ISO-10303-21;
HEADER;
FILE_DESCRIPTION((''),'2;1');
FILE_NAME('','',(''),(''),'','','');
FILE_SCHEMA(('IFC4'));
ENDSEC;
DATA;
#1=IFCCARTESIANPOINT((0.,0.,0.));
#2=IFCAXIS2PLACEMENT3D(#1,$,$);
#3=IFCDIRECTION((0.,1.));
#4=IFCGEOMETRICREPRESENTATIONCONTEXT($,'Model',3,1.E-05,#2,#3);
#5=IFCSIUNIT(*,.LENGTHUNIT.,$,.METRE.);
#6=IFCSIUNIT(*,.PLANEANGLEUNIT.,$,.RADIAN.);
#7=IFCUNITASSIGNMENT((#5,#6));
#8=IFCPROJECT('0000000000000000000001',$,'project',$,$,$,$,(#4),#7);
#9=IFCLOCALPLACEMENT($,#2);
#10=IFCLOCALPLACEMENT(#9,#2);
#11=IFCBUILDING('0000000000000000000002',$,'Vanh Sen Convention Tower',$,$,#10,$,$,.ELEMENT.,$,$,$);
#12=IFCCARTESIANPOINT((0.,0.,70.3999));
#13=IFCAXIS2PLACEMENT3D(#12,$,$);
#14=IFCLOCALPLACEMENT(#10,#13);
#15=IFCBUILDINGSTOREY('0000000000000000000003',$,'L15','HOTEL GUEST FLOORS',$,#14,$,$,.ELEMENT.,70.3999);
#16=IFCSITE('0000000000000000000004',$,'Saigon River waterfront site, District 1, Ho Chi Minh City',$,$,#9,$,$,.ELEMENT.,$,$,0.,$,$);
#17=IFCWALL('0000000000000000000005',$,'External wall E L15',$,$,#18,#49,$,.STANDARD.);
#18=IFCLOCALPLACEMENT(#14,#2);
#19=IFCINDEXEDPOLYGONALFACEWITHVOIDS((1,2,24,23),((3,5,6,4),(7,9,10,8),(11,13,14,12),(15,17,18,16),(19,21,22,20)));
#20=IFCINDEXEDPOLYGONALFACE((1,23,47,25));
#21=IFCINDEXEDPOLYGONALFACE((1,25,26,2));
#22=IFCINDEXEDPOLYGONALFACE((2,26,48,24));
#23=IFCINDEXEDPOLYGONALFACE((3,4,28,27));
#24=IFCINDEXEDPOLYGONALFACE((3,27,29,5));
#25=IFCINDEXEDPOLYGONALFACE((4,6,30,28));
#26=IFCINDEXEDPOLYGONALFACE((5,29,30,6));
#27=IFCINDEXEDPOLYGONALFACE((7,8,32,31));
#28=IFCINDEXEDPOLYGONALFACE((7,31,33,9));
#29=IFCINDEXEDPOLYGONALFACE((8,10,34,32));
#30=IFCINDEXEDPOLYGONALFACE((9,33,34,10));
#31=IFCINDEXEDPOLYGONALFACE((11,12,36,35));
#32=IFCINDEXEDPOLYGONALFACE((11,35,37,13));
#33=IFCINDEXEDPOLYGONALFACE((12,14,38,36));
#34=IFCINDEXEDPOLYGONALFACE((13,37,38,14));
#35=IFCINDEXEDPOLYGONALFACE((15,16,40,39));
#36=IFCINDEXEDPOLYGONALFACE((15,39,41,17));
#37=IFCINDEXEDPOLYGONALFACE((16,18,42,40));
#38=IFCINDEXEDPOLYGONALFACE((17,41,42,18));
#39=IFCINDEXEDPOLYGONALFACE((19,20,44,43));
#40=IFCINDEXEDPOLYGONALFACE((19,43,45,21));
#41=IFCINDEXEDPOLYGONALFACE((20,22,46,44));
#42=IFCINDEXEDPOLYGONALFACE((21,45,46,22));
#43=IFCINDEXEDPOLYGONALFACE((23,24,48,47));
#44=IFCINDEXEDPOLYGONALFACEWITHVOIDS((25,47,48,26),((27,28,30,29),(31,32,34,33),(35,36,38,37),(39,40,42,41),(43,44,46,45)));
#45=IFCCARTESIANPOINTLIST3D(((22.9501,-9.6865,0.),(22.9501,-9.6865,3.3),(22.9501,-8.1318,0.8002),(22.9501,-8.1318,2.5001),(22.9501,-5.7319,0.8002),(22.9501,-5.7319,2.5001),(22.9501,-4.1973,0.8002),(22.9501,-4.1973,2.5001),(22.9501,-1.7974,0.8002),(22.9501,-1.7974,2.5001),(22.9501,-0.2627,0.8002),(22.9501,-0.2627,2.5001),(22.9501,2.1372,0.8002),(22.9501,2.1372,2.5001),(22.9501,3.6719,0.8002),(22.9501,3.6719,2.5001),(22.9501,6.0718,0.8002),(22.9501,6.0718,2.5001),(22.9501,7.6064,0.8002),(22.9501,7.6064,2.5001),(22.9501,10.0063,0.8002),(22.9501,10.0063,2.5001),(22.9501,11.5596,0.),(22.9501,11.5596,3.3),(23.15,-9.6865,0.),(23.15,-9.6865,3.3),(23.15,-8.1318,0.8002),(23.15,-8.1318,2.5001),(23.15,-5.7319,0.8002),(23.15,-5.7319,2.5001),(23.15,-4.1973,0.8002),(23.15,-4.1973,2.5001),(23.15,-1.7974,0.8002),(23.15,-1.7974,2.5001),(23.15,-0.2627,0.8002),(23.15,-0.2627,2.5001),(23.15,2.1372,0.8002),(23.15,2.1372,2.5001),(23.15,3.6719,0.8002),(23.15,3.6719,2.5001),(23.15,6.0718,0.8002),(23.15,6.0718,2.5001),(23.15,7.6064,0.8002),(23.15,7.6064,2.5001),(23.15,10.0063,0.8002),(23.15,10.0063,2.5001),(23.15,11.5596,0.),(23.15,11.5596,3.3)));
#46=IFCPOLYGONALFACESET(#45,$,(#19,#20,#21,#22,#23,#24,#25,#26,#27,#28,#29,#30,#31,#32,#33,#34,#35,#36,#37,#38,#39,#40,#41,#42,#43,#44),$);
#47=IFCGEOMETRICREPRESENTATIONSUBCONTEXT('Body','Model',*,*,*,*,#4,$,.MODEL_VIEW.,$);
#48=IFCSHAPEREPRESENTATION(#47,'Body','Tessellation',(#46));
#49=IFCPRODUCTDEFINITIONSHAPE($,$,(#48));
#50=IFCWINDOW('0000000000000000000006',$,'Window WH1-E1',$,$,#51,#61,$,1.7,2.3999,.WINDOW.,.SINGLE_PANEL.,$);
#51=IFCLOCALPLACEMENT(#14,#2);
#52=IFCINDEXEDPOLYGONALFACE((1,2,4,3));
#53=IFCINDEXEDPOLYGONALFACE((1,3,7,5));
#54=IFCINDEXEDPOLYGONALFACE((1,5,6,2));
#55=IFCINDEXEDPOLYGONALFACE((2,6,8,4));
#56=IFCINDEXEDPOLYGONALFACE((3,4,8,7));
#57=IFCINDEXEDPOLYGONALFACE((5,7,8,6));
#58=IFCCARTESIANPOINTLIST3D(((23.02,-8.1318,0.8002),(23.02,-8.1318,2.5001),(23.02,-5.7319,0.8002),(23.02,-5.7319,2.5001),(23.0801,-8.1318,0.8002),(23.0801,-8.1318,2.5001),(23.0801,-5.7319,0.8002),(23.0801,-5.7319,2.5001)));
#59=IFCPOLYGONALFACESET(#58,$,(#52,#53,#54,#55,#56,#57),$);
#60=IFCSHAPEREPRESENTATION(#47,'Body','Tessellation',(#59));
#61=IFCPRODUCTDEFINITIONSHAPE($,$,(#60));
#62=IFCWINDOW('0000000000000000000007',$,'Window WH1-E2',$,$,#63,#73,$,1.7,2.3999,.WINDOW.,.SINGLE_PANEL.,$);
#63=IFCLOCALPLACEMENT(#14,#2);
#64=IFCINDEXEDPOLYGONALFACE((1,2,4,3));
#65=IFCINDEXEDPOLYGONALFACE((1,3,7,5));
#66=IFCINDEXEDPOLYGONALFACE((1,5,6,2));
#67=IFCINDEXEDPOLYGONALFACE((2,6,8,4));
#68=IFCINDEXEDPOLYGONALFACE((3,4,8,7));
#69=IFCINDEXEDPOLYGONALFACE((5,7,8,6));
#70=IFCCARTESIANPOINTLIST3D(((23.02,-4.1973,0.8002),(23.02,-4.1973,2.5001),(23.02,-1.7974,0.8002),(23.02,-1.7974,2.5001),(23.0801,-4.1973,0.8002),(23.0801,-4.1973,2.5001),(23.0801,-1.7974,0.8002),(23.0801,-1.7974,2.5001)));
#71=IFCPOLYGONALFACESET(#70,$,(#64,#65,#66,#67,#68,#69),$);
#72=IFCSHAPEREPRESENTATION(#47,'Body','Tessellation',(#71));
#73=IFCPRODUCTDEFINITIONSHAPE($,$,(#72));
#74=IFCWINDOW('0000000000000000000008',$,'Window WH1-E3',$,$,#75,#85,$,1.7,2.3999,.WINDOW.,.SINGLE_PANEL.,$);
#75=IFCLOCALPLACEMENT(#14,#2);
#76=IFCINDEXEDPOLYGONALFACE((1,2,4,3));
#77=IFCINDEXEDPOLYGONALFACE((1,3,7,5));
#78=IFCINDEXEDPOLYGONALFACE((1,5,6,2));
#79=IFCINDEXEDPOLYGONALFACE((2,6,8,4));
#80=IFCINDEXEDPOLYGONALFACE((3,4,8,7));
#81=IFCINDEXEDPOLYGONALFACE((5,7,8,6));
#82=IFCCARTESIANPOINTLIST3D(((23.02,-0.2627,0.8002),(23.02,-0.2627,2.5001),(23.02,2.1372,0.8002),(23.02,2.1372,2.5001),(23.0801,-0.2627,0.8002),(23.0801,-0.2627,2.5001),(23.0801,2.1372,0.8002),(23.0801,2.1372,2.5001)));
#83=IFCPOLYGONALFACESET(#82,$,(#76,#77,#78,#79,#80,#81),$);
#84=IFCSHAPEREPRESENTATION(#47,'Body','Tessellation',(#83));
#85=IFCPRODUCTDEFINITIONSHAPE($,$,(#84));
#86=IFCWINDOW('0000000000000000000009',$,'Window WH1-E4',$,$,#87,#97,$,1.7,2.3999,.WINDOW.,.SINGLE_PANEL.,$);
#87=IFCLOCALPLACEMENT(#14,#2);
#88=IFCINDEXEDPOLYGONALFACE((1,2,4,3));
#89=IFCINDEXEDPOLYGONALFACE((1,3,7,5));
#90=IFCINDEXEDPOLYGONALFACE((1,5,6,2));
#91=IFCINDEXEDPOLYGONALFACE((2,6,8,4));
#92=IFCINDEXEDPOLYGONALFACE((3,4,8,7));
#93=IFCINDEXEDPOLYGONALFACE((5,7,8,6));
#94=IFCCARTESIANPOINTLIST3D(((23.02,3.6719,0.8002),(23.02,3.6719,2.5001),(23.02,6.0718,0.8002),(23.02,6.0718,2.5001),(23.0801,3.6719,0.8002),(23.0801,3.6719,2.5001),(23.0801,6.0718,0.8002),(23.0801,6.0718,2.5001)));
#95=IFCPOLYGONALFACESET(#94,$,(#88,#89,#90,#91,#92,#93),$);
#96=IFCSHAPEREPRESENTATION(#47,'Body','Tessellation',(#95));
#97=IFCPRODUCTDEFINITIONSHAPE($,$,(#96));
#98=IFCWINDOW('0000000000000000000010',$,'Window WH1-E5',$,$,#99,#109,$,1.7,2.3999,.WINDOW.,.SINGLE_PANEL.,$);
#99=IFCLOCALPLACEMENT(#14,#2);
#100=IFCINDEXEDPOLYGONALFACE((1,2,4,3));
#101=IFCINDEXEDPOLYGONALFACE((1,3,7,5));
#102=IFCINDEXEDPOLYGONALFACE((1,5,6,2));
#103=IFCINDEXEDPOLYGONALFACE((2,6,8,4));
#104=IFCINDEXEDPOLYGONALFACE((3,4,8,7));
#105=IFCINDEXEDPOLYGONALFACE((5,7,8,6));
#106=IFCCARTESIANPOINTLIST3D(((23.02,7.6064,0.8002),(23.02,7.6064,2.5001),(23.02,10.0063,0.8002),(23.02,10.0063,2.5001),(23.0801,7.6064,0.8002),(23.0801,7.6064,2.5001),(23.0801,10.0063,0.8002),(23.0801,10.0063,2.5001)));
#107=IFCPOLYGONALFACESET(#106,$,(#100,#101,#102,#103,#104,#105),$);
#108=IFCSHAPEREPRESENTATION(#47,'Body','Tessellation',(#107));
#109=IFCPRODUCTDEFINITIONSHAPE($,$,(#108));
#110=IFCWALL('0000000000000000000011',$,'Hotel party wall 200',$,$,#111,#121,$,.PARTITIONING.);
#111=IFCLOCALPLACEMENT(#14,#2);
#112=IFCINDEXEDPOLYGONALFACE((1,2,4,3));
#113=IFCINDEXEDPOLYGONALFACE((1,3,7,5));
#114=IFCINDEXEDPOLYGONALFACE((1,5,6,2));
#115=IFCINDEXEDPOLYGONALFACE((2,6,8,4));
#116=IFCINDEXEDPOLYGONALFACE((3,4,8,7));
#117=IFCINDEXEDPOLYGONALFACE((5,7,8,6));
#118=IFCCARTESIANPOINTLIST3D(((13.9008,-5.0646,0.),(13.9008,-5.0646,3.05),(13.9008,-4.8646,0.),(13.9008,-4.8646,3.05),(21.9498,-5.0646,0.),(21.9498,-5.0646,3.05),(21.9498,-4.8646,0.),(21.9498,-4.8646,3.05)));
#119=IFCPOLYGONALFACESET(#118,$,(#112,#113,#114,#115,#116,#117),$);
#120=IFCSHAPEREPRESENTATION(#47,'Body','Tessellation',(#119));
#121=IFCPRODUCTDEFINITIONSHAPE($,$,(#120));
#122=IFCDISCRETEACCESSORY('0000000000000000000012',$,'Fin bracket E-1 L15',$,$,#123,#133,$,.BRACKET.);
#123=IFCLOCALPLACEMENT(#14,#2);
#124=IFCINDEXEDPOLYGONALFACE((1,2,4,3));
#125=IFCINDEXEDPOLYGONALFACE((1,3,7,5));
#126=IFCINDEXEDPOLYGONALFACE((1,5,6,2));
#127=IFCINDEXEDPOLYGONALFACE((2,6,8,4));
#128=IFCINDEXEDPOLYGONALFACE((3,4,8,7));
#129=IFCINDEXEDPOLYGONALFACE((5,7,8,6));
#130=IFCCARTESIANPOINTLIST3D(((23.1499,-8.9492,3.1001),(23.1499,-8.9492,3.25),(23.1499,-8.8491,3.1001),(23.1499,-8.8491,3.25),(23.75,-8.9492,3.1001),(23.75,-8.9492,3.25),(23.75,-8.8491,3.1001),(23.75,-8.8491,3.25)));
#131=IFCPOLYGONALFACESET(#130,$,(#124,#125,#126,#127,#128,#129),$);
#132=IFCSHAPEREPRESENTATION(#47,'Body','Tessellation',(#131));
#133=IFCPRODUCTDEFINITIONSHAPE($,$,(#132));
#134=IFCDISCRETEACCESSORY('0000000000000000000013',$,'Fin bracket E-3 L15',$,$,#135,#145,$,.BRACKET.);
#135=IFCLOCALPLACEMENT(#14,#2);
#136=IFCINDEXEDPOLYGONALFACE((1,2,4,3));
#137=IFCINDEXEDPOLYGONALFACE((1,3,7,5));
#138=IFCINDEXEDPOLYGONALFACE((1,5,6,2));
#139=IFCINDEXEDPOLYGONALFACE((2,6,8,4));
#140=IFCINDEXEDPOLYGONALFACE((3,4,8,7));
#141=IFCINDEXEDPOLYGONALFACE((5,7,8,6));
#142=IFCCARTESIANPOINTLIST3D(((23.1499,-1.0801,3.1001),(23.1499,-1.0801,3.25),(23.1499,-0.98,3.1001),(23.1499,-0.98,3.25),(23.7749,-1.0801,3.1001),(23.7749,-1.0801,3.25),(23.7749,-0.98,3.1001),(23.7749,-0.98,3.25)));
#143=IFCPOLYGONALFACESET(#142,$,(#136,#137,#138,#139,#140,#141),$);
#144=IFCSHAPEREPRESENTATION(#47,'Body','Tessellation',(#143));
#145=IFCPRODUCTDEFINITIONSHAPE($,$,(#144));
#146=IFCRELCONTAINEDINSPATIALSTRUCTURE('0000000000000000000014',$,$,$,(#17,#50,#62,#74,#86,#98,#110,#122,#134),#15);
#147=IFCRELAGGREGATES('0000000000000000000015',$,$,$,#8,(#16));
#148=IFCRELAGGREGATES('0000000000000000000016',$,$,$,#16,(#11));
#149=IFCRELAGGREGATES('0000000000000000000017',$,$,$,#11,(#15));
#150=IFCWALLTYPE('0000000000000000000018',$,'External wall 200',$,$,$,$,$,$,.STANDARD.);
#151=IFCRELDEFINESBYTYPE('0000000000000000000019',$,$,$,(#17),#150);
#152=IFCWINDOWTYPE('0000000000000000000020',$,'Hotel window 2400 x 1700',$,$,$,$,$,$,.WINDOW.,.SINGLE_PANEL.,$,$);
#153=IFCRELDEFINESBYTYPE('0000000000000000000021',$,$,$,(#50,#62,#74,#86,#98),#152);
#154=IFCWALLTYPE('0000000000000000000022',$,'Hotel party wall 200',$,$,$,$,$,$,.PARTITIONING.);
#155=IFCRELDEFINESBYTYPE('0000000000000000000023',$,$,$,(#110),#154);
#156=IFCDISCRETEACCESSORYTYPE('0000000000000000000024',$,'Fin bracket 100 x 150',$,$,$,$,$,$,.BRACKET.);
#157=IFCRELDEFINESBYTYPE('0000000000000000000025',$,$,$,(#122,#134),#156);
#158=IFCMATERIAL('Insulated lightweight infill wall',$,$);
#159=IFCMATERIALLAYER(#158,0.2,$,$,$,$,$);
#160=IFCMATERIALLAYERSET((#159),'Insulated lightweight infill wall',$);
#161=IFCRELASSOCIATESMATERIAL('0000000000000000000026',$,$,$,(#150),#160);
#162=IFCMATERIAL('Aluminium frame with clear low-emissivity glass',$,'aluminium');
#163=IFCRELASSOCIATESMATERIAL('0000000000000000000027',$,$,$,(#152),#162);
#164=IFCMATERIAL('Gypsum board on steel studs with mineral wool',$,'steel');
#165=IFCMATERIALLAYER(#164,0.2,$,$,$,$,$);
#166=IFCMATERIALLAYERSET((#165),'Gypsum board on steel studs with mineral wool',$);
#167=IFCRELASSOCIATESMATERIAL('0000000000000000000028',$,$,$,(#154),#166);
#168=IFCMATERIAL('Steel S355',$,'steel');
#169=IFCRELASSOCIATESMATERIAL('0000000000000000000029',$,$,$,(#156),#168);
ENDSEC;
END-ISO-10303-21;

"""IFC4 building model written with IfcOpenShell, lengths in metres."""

from ifc_helpers import new_model, si_unit, direction, frame, frame_2d, origin, origin_2d, place, context, subcontext, project, spatial, rectangle, extrude, material, layer, layer_set, type_object, element, fill, save


model = new_model("IFC4")

# Units and contexts
model_context = context("Model", 3, precision=1e-05, world=origin(), true_north=direction((0.0, 1.0)))
body_context = subcontext(model_context, "Body", "Model", "MODEL_VIEW")
ifc_project = project(units=[si_unit("LENGTHUNIT", "METRE"), si_unit("PLANEANGLEUNIT", "RADIAN")], contexts=[model_context])

# Site, building, storey
site_placement = place(None, origin())
site = spatial("IfcSite", under=ifc_project, at=site_placement, Name="Saigon River waterfront site, District 1, Ho Chi Minh City", CompositionType="ELEMENT", RefElevation=0.0)
building_placement = place(site_placement, origin())
building = spatial("IfcBuilding", under=site, at=building_placement, Name="Vanh Sen Convention Tower", CompositionType="ELEMENT")
storey_placement = place(building_placement, frame((0.0, 0.0, 70.3999)))
storey = spatial("IfcBuildingStorey", under=building, at=storey_placement, Name="L15", Description="HOTEL GUEST FLOORS", CompositionType="ELEMENT", Elevation=70.3999)

# Wall, openings, windows
ifc_material_1 = material(Name="Insulated lightweight infill wall")
ifc_layer_1 = layer(ifc_material_1, 0.2)
ifc_layer_set_1 = layer_set([ifc_layer_1], Name="Insulated lightweight infill wall")
wall_type_1 = type_object("IfcWallType", Name="External wall 200", PredefinedType="STANDARD", material=ifc_layer_set_1)
wall_1_placement = place(storey_placement, frame((23.05, -9.6865, 0.0), z_axis=(0.0, 0.0, 1.0), x_axis=(0.0, 1.0, 0.0)))
wall_1 = element("IfcWall", 1, at=wall_1_placement, inside=storey, type_object=wall_type_1, Name="External wall E L15", PredefinedType="STANDARD", context=body_context, shape_type="SweptSolid", body=[
    extrude(rectangle(XDim=21.2461, YDim=0.2, at=frame_2d((10.623, 0.0))), origin(), (0.0, 0.0, 1.0), 3.3),
])
opening_1_placement = place(wall_1_placement, frame((1.5547, 0.0, 0.8)))
opening_1 = element("IfcOpeningElement", 2, at=opening_1_placement, cuts=wall_1, PredefinedType="OPENING", context=body_context, shape_type="SweptSolid", body=[
    extrude(rectangle(XDim=2.3999, YDim=1.7, at=frame_2d((1.2, 0.8501))), frame((0.0, 0.1099, 0.0), z_axis=(0.0, -1.0, 0.0), x_axis=(1.0, 0.0, 0.0)), (0.0, 0.0, 1.0), 0.22),
])
opening_2_placement = place(wall_1_placement, frame((5.4893, 0.0, 0.8)))
opening_2 = element("IfcOpeningElement", 3, at=opening_2_placement, cuts=wall_1, PredefinedType="OPENING", context=body_context, shape_type="SweptSolid", body=[
    extrude(rectangle(XDim=2.3999, YDim=1.7, at=frame_2d((1.2, 0.8501))), frame((0.0, 0.1099, 0.0), z_axis=(0.0, -1.0, 0.0), x_axis=(1.0, 0.0, 0.0)), (0.0, 0.0, 1.0), 0.22),
])
opening_3_placement = place(wall_1_placement, frame((9.4238, 0.0, 0.8)))
opening_3 = element("IfcOpeningElement", 4, at=opening_3_placement, cuts=wall_1, PredefinedType="OPENING", context=body_context, shape_type="SweptSolid", body=[
    extrude(rectangle(XDim=2.3999, YDim=1.7, at=frame_2d((1.2, 0.8501))), frame((0.0, 0.1099, 0.0), z_axis=(0.0, -1.0, 0.0), x_axis=(1.0, 0.0, 0.0)), (0.0, 0.0, 1.0), 0.22),
])
opening_4_placement = place(wall_1_placement, frame((13.3584, 0.0, 0.8)))
opening_4 = element("IfcOpeningElement", 5, at=opening_4_placement, cuts=wall_1, PredefinedType="OPENING", context=body_context, shape_type="SweptSolid", body=[
    extrude(rectangle(XDim=2.3999, YDim=1.7, at=frame_2d((1.2, 0.8501))), frame((0.0, 0.1099, 0.0), z_axis=(0.0, -1.0, 0.0), x_axis=(1.0, 0.0, 0.0)), (0.0, 0.0, 1.0), 0.22),
])
opening_5_placement = place(wall_1_placement, frame((17.293, 0.0, 0.8)))
opening_5 = element("IfcOpeningElement", 6, at=opening_5_placement, cuts=wall_1, PredefinedType="OPENING", context=body_context, shape_type="SweptSolid", body=[
    extrude(rectangle(XDim=2.3999, YDim=1.7, at=frame_2d((1.2, 0.8501))), frame((0.0, 0.1099, 0.0), z_axis=(0.0, -1.0, 0.0), x_axis=(1.0, 0.0, 0.0)), (0.0, 0.0, 1.0), 0.22),
])
ifc_material_2 = material(Name="Aluminium frame with clear low-emissivity glass", Category="aluminium")
window_type = type_object("IfcWindowType", Name="Hotel window 2400 x 1700", PartitioningType="SINGLE_PANEL", PredefinedType="WINDOW", material=ifc_material_2)
window_1_placement = place(opening_1_placement, origin())
window_1 = element("IfcWindow", 7, at=window_1_placement, inside=storey, type_object=window_type, Name="Window WH1-E1", OverallHeight=1.7, OverallWidth=2.3999, PartitioningType="SINGLE_PANEL", PredefinedType="WINDOW", context=body_context, shape_type="SweptSolid", body=[
    extrude(rectangle(XDim=2.3999, YDim=1.7, at=frame_2d((1.2, 0.8501))), frame((0.0, 0.03, 0.0), z_axis=(0.0, -1.0, 0.0), x_axis=(1.0, 0.0, 0.0)), (0.0, 0.0, 1.0), 0.0601),
])
fill(opening_1, window_1)
window_2_placement = place(opening_2_placement, origin())
window_2 = element("IfcWindow", 8, at=window_2_placement, inside=storey, type_object=window_type, Name="Window WH1-E2", OverallHeight=1.7, OverallWidth=2.3999, PartitioningType="SINGLE_PANEL", PredefinedType="WINDOW", context=body_context, shape_type="SweptSolid", body=[
    extrude(rectangle(XDim=2.3999, YDim=1.7, at=frame_2d((1.2, 0.8501))), frame((0.0, 0.03, 0.0), z_axis=(0.0, -1.0, 0.0), x_axis=(1.0, 0.0, 0.0)), (0.0, 0.0, 1.0), 0.0601),
])
fill(opening_2, window_2)
window_3_placement = place(opening_3_placement, origin())
window_3 = element("IfcWindow", 9, at=window_3_placement, inside=storey, type_object=window_type, Name="Window WH1-E3", OverallHeight=1.7, OverallWidth=2.3999, PartitioningType="SINGLE_PANEL", PredefinedType="WINDOW", context=body_context, shape_type="SweptSolid", body=[
    extrude(rectangle(XDim=2.3999, YDim=1.7, at=frame_2d((1.2, 0.8501))), frame((0.0, 0.03, 0.0), z_axis=(0.0, -1.0, 0.0), x_axis=(1.0, 0.0, 0.0)), (0.0, 0.0, 1.0), 0.0601),
])
fill(opening_3, window_3)
window_4_placement = place(opening_4_placement, origin())
window_4 = element("IfcWindow", 10, at=window_4_placement, inside=storey, type_object=window_type, Name="Window WH1-E4", OverallHeight=1.7, OverallWidth=2.3999, PartitioningType="SINGLE_PANEL", PredefinedType="WINDOW", context=body_context, shape_type="SweptSolid", body=[
    extrude(rectangle(XDim=2.3999, YDim=1.7, at=frame_2d((1.2, 0.8501))), frame((0.0, 0.03, 0.0), z_axis=(0.0, -1.0, 0.0), x_axis=(1.0, 0.0, 0.0)), (0.0, 0.0, 1.0), 0.0601),
])
fill(opening_4, window_4)
window_5_placement = place(opening_5_placement, origin())
window_5 = element("IfcWindow", 11, at=window_5_placement, inside=storey, type_object=window_type, Name="Window WH1-E5", OverallHeight=1.7, OverallWidth=2.3999, PartitioningType="SINGLE_PANEL", PredefinedType="WINDOW", context=body_context, shape_type="SweptSolid", body=[
    extrude(rectangle(XDim=2.3999, YDim=1.7, at=frame_2d((1.2, 0.8501))), frame((0.0, 0.03, 0.0), z_axis=(0.0, -1.0, 0.0), x_axis=(1.0, 0.0, 0.0)), (0.0, 0.0, 1.0), 0.0601),
])
fill(opening_5, window_5)

# Wall
ifc_material_3 = material(Name="Gypsum board on steel studs with mineral wool", Category="steel")
ifc_layer_2 = layer(ifc_material_3, 0.2)
ifc_layer_set_2 = layer_set([ifc_layer_2], Name="Gypsum board on steel studs with mineral wool")
wall_type_2 = type_object("IfcWallType", Name="Hotel party wall 200", PredefinedType="PARTITIONING", material=ifc_layer_set_2)
wall_2_placement = place(storey_placement, frame((13.9009, -4.9646, 0.0), z_axis=(0.0, 0.0, 1.0), x_axis=(1.0, 0.0, 0.0)))
element("IfcWall", 12, at=wall_2_placement, inside=storey, type_object=wall_type_2, Name="Hotel party wall 200", PredefinedType="PARTITIONING", context=body_context, shape_type="SweptSolid", body=[
    extrude(rectangle(XDim=8.0491, YDim=0.2, at=frame_2d((4.0244, 0.0))), origin(), (0.0, 0.0, 1.0), 3.05),
])

# Discrete accessories
ifc_material_4 = material(Name="Steel S355", Category="steel")
discrete_accessory_type = type_object("IfcDiscreteAccessoryType", Name="Fin bracket 100 x 150", PredefinedType="BRACKET", material=ifc_material_4)
discrete_accessory_1_placement = place(storey_placement, frame((23.45, -8.8992, 3.1001), z_axis=(0.0, 0.0, 1.0), x_axis=(1.0, 0.0, 0.0)))
element("IfcDiscreteAccessory", 13, at=discrete_accessory_1_placement, inside=storey, type_object=discrete_accessory_type, Name="Fin bracket E-1 L15", PredefinedType="BRACKET", context=body_context, shape_type="SweptSolid", body=[
    extrude(rectangle(XDim=0.6001, YDim=0.1001, at=origin_2d()), origin(), (0.0, 0.0, 1.0), 0.1499),
])
discrete_accessory_2_placement = place(storey_placement, frame((23.4624, -1.03, 3.1001), z_axis=(0.0, 0.0, 1.0), x_axis=(1.0, 0.0, 0.0)))
element("IfcDiscreteAccessory", 14, at=discrete_accessory_2_placement, inside=storey, type_object=discrete_accessory_type, Name="Fin bracket E-3 L15", PredefinedType="BRACKET", context=body_context, shape_type="SweptSolid", body=[
    extrude(rectangle(XDim=0.625, YDim=0.1001, at=origin_2d()), origin(), (0.0, 0.0, 1.0), 0.1499),
])

save(model, "model.ifc")
